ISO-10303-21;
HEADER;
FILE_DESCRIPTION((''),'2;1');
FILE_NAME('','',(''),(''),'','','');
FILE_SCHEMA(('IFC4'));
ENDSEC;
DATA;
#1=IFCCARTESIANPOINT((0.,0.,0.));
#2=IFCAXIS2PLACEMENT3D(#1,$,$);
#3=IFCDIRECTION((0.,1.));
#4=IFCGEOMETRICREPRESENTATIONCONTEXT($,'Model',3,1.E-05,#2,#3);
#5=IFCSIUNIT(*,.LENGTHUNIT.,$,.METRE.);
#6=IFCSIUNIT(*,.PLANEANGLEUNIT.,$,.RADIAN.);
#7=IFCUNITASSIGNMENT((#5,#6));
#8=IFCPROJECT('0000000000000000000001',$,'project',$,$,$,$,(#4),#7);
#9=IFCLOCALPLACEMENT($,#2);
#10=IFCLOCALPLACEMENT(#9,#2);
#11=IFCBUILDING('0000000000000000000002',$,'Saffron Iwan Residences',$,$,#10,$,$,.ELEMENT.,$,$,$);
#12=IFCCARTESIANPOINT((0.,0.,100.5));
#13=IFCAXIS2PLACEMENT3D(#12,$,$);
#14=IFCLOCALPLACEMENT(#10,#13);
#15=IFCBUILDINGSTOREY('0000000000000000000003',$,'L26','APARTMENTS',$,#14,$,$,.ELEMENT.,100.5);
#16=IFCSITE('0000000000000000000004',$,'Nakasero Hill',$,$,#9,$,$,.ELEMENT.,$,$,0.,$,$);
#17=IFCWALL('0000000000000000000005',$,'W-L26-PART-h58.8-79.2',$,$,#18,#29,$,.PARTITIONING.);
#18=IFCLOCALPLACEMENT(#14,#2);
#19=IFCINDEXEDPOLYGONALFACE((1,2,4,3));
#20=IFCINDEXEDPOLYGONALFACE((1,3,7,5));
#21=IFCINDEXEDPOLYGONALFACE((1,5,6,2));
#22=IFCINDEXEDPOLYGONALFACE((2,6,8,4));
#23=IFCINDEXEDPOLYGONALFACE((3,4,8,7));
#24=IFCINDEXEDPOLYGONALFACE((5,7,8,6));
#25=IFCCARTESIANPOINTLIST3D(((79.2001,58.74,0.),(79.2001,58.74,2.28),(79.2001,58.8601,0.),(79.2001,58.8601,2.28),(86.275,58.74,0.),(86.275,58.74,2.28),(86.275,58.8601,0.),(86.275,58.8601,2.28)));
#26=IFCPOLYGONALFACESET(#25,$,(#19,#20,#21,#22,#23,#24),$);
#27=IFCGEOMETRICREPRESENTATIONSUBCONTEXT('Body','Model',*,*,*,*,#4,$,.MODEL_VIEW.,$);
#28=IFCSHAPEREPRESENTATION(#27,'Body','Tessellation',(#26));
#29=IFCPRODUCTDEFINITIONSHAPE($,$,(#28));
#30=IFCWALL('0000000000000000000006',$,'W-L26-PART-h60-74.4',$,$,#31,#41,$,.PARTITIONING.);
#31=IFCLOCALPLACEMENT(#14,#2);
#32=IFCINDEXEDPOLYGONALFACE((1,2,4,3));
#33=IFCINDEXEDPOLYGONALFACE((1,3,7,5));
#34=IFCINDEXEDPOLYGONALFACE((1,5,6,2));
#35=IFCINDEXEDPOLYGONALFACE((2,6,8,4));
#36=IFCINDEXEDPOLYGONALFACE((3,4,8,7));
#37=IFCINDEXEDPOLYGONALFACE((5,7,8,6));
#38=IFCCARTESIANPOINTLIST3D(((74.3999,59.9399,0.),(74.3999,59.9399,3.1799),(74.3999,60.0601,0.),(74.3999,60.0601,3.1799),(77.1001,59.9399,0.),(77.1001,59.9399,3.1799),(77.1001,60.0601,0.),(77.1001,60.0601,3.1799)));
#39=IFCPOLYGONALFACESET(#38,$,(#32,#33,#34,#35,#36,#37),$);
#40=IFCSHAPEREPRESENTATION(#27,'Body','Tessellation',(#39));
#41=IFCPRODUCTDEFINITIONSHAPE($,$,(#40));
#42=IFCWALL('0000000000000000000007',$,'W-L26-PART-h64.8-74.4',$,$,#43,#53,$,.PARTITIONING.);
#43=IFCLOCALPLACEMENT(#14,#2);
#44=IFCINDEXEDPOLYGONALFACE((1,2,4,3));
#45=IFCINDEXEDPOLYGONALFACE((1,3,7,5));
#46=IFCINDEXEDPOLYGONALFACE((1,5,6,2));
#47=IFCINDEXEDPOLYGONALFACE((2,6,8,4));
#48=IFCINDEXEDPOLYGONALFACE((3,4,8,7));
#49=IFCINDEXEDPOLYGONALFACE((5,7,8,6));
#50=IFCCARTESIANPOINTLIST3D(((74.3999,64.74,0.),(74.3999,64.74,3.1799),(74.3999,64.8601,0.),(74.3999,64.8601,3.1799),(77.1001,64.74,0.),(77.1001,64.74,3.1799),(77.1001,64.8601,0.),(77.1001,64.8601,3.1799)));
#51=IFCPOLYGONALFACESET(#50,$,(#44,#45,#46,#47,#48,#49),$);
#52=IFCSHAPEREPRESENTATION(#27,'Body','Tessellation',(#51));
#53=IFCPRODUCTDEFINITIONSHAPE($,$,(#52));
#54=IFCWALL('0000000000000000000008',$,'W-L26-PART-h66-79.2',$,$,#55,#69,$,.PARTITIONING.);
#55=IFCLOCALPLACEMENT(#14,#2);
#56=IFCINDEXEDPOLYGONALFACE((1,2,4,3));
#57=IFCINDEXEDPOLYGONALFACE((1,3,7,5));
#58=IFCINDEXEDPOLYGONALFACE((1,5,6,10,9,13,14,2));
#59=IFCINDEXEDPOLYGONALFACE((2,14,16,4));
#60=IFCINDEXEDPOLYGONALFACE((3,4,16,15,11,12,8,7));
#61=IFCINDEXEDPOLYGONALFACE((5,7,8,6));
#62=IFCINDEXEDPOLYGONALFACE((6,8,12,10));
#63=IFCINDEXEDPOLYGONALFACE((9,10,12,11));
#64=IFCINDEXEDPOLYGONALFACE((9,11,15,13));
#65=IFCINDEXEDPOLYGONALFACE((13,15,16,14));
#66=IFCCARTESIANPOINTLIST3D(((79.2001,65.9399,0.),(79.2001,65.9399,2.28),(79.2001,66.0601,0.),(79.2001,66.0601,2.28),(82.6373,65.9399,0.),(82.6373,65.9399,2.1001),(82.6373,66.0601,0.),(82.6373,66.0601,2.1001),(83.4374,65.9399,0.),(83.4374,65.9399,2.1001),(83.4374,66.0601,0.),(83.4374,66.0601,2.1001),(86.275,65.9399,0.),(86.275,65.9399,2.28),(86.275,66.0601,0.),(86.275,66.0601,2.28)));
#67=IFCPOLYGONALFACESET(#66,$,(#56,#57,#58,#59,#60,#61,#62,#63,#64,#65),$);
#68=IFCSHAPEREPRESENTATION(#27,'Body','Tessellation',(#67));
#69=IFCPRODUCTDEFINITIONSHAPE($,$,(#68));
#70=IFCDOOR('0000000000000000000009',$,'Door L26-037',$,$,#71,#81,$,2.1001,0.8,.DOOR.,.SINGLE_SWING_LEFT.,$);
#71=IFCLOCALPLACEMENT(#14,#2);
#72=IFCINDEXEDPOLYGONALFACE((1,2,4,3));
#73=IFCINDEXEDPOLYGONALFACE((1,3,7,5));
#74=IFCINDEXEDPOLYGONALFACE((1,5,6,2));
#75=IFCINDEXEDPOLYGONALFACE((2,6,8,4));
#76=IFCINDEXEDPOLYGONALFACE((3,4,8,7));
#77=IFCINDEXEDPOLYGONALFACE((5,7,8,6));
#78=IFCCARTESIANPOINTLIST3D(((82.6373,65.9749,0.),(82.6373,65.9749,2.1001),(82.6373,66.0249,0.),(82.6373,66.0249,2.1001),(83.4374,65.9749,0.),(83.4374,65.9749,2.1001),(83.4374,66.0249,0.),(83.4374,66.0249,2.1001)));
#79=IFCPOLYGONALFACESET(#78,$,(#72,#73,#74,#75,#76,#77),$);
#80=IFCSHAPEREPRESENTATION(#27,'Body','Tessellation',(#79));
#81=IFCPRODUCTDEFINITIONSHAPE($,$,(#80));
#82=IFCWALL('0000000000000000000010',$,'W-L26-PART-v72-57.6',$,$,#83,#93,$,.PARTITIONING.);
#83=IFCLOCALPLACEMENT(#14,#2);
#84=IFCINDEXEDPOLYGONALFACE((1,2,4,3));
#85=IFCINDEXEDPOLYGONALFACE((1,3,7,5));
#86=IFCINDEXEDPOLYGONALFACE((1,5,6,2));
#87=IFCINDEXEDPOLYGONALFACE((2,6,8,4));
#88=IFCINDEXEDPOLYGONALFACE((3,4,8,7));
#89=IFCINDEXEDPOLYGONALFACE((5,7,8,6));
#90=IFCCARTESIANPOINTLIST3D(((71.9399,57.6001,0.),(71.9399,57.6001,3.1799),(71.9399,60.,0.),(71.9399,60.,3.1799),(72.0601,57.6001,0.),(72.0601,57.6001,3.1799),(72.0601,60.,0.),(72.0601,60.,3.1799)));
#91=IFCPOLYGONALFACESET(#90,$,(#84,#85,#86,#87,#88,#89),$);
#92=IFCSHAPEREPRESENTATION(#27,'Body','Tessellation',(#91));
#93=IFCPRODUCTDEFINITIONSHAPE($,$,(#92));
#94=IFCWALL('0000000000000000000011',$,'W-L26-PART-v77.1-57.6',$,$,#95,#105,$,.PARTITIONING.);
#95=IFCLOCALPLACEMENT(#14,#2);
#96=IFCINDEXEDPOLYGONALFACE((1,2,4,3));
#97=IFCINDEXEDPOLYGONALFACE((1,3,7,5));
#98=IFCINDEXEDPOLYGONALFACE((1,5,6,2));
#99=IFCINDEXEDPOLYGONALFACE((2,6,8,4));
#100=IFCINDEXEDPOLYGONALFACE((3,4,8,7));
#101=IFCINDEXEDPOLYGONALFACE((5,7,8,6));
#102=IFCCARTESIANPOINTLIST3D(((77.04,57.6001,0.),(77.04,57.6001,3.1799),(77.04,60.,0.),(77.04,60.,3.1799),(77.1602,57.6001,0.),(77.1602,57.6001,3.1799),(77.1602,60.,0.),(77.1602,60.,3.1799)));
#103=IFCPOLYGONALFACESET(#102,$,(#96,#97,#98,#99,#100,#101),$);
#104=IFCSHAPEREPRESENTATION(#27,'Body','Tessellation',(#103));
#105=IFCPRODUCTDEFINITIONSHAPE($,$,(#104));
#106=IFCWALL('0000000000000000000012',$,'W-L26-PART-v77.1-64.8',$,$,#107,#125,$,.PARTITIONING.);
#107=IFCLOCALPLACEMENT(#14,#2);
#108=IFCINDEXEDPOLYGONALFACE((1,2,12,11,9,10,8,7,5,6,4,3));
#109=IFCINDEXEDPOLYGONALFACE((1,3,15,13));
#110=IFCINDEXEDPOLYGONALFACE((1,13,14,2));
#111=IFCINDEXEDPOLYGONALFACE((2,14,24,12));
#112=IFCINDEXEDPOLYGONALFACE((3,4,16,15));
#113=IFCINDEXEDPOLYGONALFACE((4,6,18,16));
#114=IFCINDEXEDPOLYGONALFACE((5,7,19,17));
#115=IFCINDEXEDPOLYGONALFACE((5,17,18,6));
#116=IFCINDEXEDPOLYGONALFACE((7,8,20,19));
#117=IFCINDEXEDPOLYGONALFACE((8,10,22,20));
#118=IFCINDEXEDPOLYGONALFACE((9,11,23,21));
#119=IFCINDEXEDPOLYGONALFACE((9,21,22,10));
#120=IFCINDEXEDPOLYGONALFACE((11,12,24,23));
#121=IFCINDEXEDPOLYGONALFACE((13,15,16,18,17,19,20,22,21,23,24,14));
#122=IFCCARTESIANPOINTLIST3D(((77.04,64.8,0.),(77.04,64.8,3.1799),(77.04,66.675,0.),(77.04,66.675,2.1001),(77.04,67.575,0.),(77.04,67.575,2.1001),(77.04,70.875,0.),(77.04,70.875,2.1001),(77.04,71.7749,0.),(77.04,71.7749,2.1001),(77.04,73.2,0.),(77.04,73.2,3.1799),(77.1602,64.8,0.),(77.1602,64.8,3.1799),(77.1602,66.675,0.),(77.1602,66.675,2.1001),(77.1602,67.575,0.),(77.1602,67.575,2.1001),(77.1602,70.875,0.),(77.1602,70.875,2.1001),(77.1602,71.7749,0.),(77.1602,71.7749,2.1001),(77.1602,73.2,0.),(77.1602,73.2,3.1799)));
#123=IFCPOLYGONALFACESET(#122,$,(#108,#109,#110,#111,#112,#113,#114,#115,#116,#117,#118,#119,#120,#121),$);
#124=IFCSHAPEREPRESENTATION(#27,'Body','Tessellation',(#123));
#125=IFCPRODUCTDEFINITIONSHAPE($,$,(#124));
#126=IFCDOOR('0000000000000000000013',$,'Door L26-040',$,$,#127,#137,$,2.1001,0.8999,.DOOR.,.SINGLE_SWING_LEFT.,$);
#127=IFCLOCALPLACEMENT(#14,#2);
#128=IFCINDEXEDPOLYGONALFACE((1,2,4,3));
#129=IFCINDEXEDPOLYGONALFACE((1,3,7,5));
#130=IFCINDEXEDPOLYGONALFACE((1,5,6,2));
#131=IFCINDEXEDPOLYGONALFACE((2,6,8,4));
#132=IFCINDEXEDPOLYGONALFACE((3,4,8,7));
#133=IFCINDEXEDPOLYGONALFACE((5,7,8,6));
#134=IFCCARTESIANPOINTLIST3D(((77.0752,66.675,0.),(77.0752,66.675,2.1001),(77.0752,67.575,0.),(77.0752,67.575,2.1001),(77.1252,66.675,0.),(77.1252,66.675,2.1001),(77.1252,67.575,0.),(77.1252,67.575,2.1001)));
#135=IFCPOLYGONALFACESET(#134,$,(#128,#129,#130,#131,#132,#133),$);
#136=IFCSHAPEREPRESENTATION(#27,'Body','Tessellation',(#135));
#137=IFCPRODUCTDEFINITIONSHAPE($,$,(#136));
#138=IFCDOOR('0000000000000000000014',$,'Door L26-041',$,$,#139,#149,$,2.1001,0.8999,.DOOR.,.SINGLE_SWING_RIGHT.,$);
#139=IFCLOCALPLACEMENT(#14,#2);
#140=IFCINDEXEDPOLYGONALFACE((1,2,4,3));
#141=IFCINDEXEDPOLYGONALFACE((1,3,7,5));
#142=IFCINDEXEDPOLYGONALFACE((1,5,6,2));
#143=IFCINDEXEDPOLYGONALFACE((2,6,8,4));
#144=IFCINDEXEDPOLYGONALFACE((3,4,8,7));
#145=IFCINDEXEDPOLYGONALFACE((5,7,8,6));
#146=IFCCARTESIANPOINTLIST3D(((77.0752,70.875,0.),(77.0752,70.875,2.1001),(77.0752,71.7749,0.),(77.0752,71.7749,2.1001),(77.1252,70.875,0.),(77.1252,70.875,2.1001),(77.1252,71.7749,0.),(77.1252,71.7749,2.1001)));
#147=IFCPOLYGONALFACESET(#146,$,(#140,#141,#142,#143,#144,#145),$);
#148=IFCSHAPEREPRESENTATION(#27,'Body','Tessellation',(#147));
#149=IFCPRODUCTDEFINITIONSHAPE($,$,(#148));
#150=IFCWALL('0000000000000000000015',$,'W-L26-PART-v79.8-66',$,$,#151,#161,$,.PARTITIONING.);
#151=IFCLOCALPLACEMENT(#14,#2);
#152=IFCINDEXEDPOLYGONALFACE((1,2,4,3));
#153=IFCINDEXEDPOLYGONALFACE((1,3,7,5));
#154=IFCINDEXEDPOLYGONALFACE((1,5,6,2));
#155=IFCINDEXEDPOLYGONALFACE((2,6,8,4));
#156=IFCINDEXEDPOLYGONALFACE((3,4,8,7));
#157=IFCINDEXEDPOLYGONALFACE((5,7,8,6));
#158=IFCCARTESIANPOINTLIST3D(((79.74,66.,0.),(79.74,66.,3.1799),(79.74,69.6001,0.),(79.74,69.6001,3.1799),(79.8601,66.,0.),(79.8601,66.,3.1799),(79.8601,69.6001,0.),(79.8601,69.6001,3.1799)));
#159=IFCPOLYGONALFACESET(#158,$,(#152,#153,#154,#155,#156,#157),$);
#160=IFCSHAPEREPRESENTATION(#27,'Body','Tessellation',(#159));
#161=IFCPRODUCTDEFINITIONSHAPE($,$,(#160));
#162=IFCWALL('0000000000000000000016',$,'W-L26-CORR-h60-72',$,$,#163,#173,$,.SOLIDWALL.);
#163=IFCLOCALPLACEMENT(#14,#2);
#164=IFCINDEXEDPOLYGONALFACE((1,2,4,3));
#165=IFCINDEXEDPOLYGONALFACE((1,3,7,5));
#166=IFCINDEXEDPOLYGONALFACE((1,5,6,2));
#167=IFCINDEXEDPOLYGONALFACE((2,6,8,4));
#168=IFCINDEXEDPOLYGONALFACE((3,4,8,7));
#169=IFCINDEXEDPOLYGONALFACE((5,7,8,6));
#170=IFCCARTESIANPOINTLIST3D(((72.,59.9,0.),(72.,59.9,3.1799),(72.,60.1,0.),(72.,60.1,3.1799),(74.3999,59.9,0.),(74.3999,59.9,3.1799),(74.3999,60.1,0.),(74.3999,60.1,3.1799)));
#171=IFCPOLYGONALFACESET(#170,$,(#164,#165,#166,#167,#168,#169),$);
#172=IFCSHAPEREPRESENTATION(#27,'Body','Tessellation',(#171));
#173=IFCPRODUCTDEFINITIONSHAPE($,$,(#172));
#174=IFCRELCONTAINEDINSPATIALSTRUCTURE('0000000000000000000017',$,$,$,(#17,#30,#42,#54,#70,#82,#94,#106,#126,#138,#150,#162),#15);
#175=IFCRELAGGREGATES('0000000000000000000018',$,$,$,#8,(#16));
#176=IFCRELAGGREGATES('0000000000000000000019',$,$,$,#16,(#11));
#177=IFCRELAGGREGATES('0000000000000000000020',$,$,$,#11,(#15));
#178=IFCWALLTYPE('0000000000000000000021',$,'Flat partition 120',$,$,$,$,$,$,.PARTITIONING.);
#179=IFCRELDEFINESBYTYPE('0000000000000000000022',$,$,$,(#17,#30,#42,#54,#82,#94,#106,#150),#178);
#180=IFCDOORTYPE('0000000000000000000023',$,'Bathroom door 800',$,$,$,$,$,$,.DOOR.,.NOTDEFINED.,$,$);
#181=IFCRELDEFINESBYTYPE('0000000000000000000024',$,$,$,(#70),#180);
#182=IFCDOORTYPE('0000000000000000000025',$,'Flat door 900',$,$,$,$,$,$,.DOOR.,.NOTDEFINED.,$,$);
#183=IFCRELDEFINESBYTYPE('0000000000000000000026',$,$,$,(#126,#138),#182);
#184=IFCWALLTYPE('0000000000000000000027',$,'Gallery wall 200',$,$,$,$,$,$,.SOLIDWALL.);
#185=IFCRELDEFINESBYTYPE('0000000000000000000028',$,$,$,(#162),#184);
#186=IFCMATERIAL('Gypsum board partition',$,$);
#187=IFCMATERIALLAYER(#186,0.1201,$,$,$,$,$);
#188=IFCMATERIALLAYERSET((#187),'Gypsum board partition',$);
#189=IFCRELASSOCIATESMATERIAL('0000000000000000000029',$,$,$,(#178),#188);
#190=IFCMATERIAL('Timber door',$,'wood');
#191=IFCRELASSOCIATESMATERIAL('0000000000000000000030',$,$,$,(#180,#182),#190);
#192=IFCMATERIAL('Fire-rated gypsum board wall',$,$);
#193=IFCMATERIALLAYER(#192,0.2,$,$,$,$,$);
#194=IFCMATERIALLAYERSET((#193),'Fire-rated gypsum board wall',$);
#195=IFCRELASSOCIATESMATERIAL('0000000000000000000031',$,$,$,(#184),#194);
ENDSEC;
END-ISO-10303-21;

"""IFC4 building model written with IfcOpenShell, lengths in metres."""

from ifc_helpers import new_model, si_unit, direction, frame, frame_2d, origin, place, context, subcontext, project, spatial, rectangle, extrude, material, layer, layer_set, type_object, element, fill, save


model = new_model("IFC4")

# Units and contexts
model_context = context("Model", 3, precision=1e-05, world=origin(), true_north=direction((0.0, 1.0)))
body_context = subcontext(model_context, "Body", "Model", "MODEL_VIEW")
ifc_project = project(units=[si_unit("LENGTHUNIT", "METRE"), si_unit("PLANEANGLEUNIT", "RADIAN")], contexts=[model_context])

# Site, building, storey
site_placement = place(None, origin())
site = spatial("IfcSite", under=ifc_project, at=site_placement, Name="Nakasero Hill", CompositionType="ELEMENT", RefElevation=0.0)
building_placement = place(site_placement, origin())
building = spatial("IfcBuilding", under=site, at=building_placement, Name="Saffron Iwan Residences", CompositionType="ELEMENT")
storey_placement = place(building_placement, frame((0.0, 0.0, 100.5)))
storey = spatial("IfcBuildingStorey", under=building, at=storey_placement, Name="L26", Description="APARTMENTS", CompositionType="ELEMENT", Elevation=100.5)

# Shared definitions
ifc_material_1 = material(Name="Fire-rated gypsum board wall")

# Shared definitions
ifc_material_2 = material(Name="Gypsum board partition")
ifc_layer_1 = layer(ifc_material_2, 0.1201)
ifc_layer_set_1 = layer_set([ifc_layer_1], Name="Gypsum board partition")
wall_type_1 = type_object("IfcWallType", Name="Flat partition 120", PredefinedType="PARTITIONING", material=ifc_layer_set_1)
ifc_material_3 = material(Name="Timber door", Category="wood")
door_type_1 = type_object("IfcDoorType", Name="Bathroom door 800", OperationType="NOTDEFINED", PredefinedType="DOOR", material=ifc_material_3)

# Walls
wall_1_placement = place(storey_placement, frame((79.2, 58.8, 0.0), z_axis=(0.0, 0.0, 1.0), x_axis=(1.0, 0.0, 0.0)))
element("IfcWall", 1, at=wall_1_placement, inside=storey, type_object=wall_type_1, Name="W-L26-PART-h58.8-79.2", PredefinedType="PARTITIONING", context=body_context, shape_type="SweptSolid", body=[
    extrude(rectangle(XDim=7.075, YDim=0.1201, at=frame_2d((3.5376, 0.0))), origin(), (0.0, 0.0, 1.0), 2.28),
])
for number, where, z_axis, x_axis, name in (
    (2, (74.3999, 60.0, 0.0), (0.0, 0.0, 1.0), (1.0, 0.0, 0.0), "W-L26-PART-h60-74.4"),
    (3, (74.3999, 64.8, 0.0), (0.0, 0.0, 1.0), (1.0, 0.0, 0.0), "W-L26-PART-h64.8-74.4"),
):
    element("IfcWall", number, at=place(storey_placement, frame(where, z_axis=z_axis, x_axis=x_axis)), inside=storey, type_object=wall_type_1, Name=name, PredefinedType="PARTITIONING", context=body_context, shape_type="SweptSolid", body=[
        extrude(rectangle(XDim=2.7002, YDim=0.1201, at=frame_2d((1.3501, 0.0))), origin(), (0.0, 0.0, 1.0), 3.1799),
    ])

# Wall, opening, door
wall_2_placement = place(storey_placement, frame((79.2, 66.0, 0.0), z_axis=(0.0, 0.0, 1.0), x_axis=(1.0, 0.0, 0.0)))
wall_2 = element("IfcWall", 4, at=wall_2_placement, inside=storey, type_object=wall_type_1, Name="W-L26-PART-h66-79.2", PredefinedType="PARTITIONING", context=body_context, shape_type="SweptSolid", body=[
    extrude(rectangle(XDim=7.075, YDim=0.1201, at=frame_2d((3.5376, 0.0))), origin(), (0.0, 0.0, 1.0), 2.28),
])
opening_1_placement = place(wall_2_placement, frame((3.4375, 0.0, 0.0)))
opening_1 = element("IfcOpeningElement", 5, at=opening_1_placement, cuts=wall_2, PredefinedType="OPENING", context=body_context, shape_type="SweptSolid", body=[
    extrude(rectangle(XDim=0.8, YDim=2.1001, at=frame_2d((0.3999, 1.05))), frame((0.0, 0.0701, 0.0), z_axis=(0.0, -1.0, 0.0), x_axis=(1.0, 0.0, 0.0)), (0.0, 0.0, 1.0), 0.1401),
])
door_1_placement = place(opening_1_placement, origin())
door_1 = element("IfcDoor", 6, at=door_1_placement, inside=storey, type_object=door_type_1, Name="Door L26-037", OperationType="SINGLE_SWING_LEFT", OverallHeight=2.1001, OverallWidth=0.8, PredefinedType="DOOR", context=body_context, shape_type="SweptSolid", body=[
    extrude(rectangle(XDim=0.8, YDim=2.1001, at=frame_2d((0.3999, 1.05))), frame((0.0, 0.0249, 0.0), z_axis=(0.0, -1.0, 0.0), x_axis=(1.0, 0.0, 0.0)), (0.0, 0.0, 1.0), 0.05),
])
fill(opening_1, door_1)

# Walls
for number, where, z_axis, x_axis, name in (
    (7, (72.0, 57.6001, 0.0), (0.0, 0.0, 1.0), (0.0, 1.0, 0.0), "W-L26-PART-v72-57.6"),
    (8, (77.1001, 57.6001, 0.0), (0.0, 0.0, 1.0), (0.0, 1.0, 0.0), "W-L26-PART-v77.1-57.6"),
):
    element("IfcWall", number, at=place(storey_placement, frame(where, z_axis=z_axis, x_axis=x_axis)), inside=storey, type_object=wall_type_1, Name=name, PredefinedType="PARTITIONING", context=body_context, shape_type="SweptSolid", body=[
        extrude(rectangle(XDim=2.3999, YDim=0.1201, at=frame_2d((1.2, 0.0))), origin(), (0.0, 0.0, 1.0), 3.1799),
    ])

# Wall, openings, doors
wall_3_placement = place(storey_placement, frame((77.1001, 64.8, 0.0), z_axis=(0.0, 0.0, 1.0), x_axis=(0.0, 1.0, 0.0)))
wall_3 = element("IfcWall", 9, at=wall_3_placement, inside=storey, type_object=wall_type_1, Name="W-L26-PART-v77.1-64.8", PredefinedType="PARTITIONING", context=body_context, shape_type="SweptSolid", body=[
    extrude(rectangle(XDim=8.3999, YDim=0.1201, at=frame_2d((4.2, 0.0))), origin(), (0.0, 0.0, 1.0), 3.1799),
])
opening_2_placement = place(wall_3_placement, frame((1.875, 0.0, 0.0)))
opening_2 = element("IfcOpeningElement", 10, at=opening_2_placement, cuts=wall_3, PredefinedType="OPENING", context=body_context, shape_type="SweptSolid", body=[
    extrude(rectangle(XDim=0.8999, YDim=2.1001, at=frame_2d((0.45, 1.05))), frame((0.0, 0.0701, 0.0), z_axis=(0.0, -1.0, 0.0), x_axis=(1.0, 0.0, 0.0)), (0.0, 0.0, 1.0), 0.1401),
])
opening_3_placement = place(wall_3_placement, frame((6.075, 0.0, 0.0)))
opening_3 = element("IfcOpeningElement", 11, at=opening_3_placement, cuts=wall_3, PredefinedType="OPENING", context=body_context, shape_type="SweptSolid", body=[
    extrude(rectangle(XDim=0.8999, YDim=2.1001, at=frame_2d((0.45, 1.05))), frame((0.0, 0.0701, 0.0), z_axis=(0.0, -1.0, 0.0), x_axis=(1.0, 0.0, 0.0)), (0.0, 0.0, 1.0), 0.1401),
])
door_type_2 = type_object("IfcDoorType", Name="Flat door 900", OperationType="NOTDEFINED", PredefinedType="DOOR", material=ifc_material_3)
door_2_placement = place(opening_2_placement, origin())
door_2 = element("IfcDoor", 12, at=door_2_placement, inside=storey, type_object=door_type_2, Name="Door L26-040", OperationType="SINGLE_SWING_LEFT", OverallHeight=2.1001, OverallWidth=0.8999, PredefinedType="DOOR", context=body_context, shape_type="SweptSolid", body=[
    extrude(rectangle(XDim=0.8999, YDim=2.1001, at=frame_2d((0.45, 1.05))), frame((0.0, 0.0249, 0.0), z_axis=(0.0, -1.0, 0.0), x_axis=(1.0, 0.0, 0.0)), (0.0, 0.0, 1.0), 0.05),
])
fill(opening_2, door_2)
door_3_placement = place(opening_3_placement, origin())
door_3 = element("IfcDoor", 13, at=door_3_placement, inside=storey, type_object=door_type_2, Name="Door L26-041", OperationType="SINGLE_SWING_RIGHT", OverallHeight=2.1001, OverallWidth=0.8999, PredefinedType="DOOR", context=body_context, shape_type="SweptSolid", body=[
    extrude(rectangle(XDim=0.8999, YDim=2.1001, at=frame_2d((0.45, 1.05))), frame((0.0, 0.0249, 0.0), z_axis=(0.0, -1.0, 0.0), x_axis=(1.0, 0.0, 0.0)), (0.0, 0.0, 1.0), 0.05),
])
fill(opening_3, door_3)

# Walls
wall_4_placement = place(storey_placement, frame((79.8, 66.0, 0.0), z_axis=(0.0, 0.0, 1.0), x_axis=(0.0, 1.0, 0.0)))
element("IfcWall", 14, at=wall_4_placement, inside=storey, type_object=wall_type_1, Name="W-L26-PART-v79.8-66", PredefinedType="PARTITIONING", context=body_context, shape_type="SweptSolid", body=[
    extrude(rectangle(XDim=3.6001, YDim=0.1201, at=frame_2d((1.8, 0.0))), origin(), (0.0, 0.0, 1.0), 3.1799),
])
ifc_layer_2 = layer(ifc_material_1, 0.2)
ifc_layer_set_2 = layer_set([ifc_layer_2], Name="Fire-rated gypsum board wall")
wall_type_2 = type_object("IfcWallType", Name="Gallery wall 200", PredefinedType="SOLIDWALL", material=ifc_layer_set_2)
wall_5_placement = place(storey_placement, frame((72.0, 60.0, 0.0), z_axis=(0.0, 0.0, 1.0), x_axis=(1.0, 0.0, 0.0)))
element("IfcWall", 15, at=wall_5_placement, inside=storey, type_object=wall_type_2, Name="W-L26-CORR-h60-72", PredefinedType="SOLIDWALL", context=body_context, shape_type="SweptSolid", body=[
    extrude(rectangle(XDim=2.3999, YDim=0.2, at=frame_2d((1.2, 0.0))), origin(), (0.0, 0.0, 1.0), 3.1799),
])

save(model, "model.ifc")
